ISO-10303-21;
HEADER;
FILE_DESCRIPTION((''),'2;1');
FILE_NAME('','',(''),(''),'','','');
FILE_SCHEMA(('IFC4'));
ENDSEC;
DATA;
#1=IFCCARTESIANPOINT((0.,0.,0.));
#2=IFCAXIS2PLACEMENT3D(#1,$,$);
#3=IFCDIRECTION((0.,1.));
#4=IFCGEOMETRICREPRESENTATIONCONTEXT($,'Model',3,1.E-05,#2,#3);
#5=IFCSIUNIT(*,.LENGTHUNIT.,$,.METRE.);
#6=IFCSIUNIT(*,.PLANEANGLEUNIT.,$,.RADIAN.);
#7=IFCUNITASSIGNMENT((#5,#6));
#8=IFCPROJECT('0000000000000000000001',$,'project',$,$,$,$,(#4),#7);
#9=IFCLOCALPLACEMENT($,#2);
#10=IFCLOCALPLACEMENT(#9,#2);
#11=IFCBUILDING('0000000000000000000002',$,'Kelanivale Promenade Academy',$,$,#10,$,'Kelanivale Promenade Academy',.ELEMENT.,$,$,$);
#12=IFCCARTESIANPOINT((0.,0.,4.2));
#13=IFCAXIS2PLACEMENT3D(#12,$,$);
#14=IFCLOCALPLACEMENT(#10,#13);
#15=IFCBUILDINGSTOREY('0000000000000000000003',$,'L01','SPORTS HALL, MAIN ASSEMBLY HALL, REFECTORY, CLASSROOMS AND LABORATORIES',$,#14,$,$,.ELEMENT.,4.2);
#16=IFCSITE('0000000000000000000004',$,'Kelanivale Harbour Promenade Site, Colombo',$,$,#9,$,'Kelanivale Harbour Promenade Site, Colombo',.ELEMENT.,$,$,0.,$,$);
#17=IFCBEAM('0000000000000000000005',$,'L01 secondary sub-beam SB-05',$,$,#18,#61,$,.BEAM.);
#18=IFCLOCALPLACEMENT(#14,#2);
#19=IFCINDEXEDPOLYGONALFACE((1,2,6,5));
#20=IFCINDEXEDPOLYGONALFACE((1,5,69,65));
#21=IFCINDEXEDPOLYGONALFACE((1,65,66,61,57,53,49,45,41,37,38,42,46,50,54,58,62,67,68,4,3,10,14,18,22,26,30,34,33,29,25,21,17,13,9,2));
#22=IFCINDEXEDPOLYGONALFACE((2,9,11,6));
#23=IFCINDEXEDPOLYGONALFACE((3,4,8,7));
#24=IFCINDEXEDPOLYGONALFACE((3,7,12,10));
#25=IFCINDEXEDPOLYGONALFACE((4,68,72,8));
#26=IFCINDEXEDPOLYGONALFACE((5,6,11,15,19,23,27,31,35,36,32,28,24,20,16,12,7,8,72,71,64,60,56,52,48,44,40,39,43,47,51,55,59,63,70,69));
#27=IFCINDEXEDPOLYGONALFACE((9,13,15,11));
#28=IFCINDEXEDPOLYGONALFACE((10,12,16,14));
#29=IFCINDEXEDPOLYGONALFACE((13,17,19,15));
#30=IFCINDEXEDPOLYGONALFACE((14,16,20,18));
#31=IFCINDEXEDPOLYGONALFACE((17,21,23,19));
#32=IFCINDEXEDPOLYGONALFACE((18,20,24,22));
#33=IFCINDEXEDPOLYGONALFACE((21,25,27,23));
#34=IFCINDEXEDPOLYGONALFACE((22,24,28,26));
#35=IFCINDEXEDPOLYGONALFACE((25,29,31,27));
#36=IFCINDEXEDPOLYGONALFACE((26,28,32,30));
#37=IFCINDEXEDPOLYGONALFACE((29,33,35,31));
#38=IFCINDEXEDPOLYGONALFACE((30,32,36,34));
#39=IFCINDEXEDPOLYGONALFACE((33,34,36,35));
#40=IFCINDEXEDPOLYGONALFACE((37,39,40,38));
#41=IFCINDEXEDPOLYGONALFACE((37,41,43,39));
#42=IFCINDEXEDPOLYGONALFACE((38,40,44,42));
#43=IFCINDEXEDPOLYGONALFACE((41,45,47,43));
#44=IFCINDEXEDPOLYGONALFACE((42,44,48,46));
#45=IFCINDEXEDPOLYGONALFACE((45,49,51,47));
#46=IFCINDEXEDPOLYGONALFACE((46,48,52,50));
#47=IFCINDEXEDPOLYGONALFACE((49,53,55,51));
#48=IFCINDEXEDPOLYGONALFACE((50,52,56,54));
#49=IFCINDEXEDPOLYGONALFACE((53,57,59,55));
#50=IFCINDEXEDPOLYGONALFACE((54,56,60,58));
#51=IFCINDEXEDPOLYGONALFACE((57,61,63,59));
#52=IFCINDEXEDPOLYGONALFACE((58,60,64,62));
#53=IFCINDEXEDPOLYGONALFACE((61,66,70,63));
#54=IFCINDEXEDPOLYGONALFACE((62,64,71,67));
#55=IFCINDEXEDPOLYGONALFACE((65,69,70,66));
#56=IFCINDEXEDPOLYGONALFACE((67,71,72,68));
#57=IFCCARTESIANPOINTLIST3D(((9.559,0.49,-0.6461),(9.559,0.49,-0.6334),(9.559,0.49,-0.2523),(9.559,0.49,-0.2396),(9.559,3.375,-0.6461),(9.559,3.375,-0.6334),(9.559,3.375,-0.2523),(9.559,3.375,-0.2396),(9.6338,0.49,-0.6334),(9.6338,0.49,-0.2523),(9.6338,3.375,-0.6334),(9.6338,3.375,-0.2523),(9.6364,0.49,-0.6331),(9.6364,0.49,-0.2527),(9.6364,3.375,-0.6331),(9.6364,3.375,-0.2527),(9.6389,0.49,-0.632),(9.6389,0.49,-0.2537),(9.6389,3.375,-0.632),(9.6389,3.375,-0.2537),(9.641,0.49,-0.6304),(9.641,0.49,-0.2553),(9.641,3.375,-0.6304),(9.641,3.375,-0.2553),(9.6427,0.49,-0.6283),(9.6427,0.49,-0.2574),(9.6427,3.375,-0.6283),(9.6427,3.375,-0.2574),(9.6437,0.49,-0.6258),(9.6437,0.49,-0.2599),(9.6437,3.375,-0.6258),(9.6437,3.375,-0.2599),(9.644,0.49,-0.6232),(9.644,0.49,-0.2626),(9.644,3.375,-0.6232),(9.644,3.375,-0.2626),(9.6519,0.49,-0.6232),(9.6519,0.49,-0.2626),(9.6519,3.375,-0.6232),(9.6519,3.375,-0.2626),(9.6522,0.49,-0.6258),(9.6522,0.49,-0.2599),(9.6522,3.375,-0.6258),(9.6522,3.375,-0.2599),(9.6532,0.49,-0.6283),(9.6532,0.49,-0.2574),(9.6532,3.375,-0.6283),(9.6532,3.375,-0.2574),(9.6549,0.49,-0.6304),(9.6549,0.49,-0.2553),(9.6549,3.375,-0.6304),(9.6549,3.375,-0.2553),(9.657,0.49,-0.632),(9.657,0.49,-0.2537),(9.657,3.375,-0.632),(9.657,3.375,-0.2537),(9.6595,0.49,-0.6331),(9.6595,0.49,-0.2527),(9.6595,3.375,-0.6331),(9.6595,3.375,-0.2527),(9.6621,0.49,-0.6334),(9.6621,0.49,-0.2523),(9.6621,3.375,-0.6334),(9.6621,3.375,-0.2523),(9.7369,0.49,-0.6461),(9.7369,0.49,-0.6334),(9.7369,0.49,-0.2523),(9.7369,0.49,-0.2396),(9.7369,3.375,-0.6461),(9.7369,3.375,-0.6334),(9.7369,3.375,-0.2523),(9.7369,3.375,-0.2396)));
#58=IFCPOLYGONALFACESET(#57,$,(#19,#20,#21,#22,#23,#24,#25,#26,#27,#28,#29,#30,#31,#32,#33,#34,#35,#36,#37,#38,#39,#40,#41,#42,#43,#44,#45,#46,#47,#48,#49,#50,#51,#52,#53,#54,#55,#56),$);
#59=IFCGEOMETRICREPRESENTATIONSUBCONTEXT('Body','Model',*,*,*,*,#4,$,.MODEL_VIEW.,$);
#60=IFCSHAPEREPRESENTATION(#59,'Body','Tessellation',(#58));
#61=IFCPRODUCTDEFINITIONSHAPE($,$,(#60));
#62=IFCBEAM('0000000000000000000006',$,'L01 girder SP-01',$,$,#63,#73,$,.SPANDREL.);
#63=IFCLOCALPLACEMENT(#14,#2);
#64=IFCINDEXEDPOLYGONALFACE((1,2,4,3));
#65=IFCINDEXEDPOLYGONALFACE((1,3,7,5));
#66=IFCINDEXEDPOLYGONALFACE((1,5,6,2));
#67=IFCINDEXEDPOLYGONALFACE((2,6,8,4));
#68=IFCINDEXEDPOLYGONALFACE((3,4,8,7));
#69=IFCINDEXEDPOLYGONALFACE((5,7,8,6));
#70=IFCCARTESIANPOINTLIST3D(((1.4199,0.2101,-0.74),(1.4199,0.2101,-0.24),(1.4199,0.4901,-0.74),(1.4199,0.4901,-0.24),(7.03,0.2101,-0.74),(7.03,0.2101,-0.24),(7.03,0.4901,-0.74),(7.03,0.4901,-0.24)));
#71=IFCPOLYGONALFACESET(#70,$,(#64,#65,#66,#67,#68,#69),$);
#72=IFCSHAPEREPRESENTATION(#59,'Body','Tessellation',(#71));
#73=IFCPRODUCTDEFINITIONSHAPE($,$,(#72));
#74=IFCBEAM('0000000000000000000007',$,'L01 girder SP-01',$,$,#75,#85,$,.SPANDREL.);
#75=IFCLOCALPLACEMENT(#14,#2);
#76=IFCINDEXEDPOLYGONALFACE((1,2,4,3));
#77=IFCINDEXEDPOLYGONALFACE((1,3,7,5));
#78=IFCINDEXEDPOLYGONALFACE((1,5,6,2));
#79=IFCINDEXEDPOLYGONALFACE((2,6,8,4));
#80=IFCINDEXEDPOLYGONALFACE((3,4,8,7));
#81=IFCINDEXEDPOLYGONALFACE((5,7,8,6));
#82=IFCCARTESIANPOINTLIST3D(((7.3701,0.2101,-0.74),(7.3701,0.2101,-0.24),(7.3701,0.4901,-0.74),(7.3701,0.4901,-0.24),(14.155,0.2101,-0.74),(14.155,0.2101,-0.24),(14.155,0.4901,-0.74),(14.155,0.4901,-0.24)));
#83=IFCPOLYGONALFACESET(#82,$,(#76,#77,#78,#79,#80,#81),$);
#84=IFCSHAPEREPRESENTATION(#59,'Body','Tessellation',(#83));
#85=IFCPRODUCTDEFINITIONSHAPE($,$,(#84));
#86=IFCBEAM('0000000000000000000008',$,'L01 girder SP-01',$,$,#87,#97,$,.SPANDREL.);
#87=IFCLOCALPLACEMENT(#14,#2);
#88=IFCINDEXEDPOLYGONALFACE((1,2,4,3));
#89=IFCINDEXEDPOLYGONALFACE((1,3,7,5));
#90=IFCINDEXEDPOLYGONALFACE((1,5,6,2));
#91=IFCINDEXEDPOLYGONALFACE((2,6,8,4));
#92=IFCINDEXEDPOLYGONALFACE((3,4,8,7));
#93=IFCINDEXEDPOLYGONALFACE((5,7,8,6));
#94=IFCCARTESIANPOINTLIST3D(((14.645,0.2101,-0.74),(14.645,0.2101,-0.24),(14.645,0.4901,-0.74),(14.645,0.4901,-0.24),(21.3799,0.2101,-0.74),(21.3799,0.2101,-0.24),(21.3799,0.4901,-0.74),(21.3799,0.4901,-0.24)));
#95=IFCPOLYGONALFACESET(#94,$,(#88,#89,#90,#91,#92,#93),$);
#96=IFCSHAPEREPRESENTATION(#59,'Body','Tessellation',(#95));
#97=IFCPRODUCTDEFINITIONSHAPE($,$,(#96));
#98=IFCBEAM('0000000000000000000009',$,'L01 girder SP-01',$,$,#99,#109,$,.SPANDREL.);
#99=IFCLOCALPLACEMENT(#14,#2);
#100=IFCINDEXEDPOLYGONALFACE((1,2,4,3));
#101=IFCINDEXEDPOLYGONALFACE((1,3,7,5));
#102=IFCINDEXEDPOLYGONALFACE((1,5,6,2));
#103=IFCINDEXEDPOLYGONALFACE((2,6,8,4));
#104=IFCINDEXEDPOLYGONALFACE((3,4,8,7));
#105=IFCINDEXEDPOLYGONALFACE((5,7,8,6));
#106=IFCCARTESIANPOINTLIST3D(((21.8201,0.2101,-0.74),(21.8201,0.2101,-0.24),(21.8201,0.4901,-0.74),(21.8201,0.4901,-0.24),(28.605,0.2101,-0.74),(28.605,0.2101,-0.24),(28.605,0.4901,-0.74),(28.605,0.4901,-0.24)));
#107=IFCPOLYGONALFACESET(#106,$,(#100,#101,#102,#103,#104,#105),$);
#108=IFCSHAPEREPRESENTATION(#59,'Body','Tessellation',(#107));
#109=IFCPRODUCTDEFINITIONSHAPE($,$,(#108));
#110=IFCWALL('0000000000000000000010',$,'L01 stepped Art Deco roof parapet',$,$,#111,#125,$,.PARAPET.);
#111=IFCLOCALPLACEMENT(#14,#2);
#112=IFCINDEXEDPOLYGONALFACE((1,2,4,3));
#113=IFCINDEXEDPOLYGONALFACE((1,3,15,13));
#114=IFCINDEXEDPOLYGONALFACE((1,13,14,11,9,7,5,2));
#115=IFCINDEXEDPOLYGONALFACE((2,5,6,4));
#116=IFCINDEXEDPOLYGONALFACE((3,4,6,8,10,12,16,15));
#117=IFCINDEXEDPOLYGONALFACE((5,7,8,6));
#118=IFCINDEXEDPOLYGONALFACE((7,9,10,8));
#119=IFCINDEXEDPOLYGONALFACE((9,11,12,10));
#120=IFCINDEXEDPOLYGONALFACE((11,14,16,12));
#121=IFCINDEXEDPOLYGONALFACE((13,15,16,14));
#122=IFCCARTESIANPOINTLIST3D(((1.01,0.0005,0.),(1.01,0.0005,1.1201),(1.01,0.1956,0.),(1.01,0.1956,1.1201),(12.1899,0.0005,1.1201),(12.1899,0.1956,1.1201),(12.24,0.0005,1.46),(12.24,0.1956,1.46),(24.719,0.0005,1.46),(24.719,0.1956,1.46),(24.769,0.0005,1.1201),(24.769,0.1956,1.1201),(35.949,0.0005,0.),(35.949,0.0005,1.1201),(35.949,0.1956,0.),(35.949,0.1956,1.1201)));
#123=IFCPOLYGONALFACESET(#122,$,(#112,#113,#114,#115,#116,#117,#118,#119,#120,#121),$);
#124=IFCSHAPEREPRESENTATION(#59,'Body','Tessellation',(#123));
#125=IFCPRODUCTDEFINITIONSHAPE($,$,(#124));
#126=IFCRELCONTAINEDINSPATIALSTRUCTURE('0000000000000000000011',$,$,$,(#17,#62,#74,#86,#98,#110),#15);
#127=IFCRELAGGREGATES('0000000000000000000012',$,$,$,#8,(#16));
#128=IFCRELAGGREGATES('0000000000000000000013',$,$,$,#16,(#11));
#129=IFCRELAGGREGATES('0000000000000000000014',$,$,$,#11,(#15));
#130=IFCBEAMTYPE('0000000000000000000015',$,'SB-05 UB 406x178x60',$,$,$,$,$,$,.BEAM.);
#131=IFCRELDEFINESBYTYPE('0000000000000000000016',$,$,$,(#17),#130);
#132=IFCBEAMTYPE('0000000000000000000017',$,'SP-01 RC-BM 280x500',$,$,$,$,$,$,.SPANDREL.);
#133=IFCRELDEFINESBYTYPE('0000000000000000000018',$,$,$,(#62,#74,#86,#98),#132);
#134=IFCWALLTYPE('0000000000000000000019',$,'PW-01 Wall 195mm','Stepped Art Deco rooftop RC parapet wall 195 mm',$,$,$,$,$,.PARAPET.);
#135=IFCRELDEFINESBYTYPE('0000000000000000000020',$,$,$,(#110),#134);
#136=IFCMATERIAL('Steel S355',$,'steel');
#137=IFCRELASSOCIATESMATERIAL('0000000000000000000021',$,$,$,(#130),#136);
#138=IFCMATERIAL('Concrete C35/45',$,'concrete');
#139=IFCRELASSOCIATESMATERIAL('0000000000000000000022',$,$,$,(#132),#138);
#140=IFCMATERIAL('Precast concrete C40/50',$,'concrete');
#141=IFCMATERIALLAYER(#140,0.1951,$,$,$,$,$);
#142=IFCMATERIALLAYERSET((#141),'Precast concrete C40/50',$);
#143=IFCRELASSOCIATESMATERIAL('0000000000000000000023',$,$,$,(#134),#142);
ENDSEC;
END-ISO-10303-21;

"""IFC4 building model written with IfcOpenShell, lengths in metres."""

from ifc_helpers import new_model, si_unit, direction, frame, origin, origin_2d, place, context, subcontext, project, spatial, polyline, rectangle, i_section, outline, extrude, material, layer, layer_set, material_profile, profile_set, type_object, element, save


model = new_model("IFC4")

# Units and contexts
model_context = context("Model", 3, precision=1e-05, world=origin(), true_north=direction((0.0, 1.0)))
body_context = subcontext(model_context, "Body", "Model", "MODEL_VIEW")
ifc_project = project(units=[si_unit("LENGTHUNIT", "METRE"), si_unit("PLANEANGLEUNIT", "RADIAN")], contexts=[model_context])

# Site, building, storey
site_placement = place(None, origin())
site = spatial("IfcSite", under=ifc_project, at=site_placement, Name="Kelanivale Harbour Promenade Site, Colombo", LongName="Kelanivale Harbour Promenade Site, Colombo", CompositionType="ELEMENT", RefElevation=0.0)
building_placement = place(site_placement, origin())
building = spatial("IfcBuilding", under=site, at=building_placement, Name="Kelanivale Promenade Academy", LongName="Kelanivale Promenade Academy", CompositionType="ELEMENT")
storey_placement = place(building_placement, frame((0.0, 0.0, 4.2)))
storey = spatial("IfcBuildingStorey", under=building, at=storey_placement, Name="L01", Description="SPORTS HALL, MAIN ASSEMBLY HALL, REFECTORY, CLASSROOMS AND LABORATORIES", CompositionType="ELEMENT", Elevation=4.2)

# Beams
ifc_material_1 = material(Name="Concrete C35/45", Category="concrete")
ifc_material_2 = material(Name="Steel S355", Category="steel")
ifc_material_profile_1 = material_profile(ifc_material_2, i_section(OverallWidth=0.178, OverallDepth=0.4065, WebThickness=0.0078, FlangeThickness=0.0127, FilletRadius=0.0103, at=origin_2d()), Name="UB 406x178x60")
ifc_profile_set_1 = profile_set([ifc_material_profile_1], Name="Steel S355")
beam_type_1 = type_object("IfcBeamType", Name="SB-05 UB 406x178x60", PredefinedType="BEAM", material=ifc_profile_set_1)
beam_1_placement = place(storey_placement, frame((9.6479, 0.49, -0.4429), z_axis=(0.0, 1.0, 0.0), x_axis=(-1.0, 0.0, 0.0)))
element("IfcBeam", 1, at=beam_1_placement, inside=storey, type_object=beam_type_1, Name="L01 secondary sub-beam SB-05", PredefinedType="BEAM", context=body_context, shape_type="SweptSolid", body=[
    extrude(i_section(OverallWidth=0.178, OverallDepth=0.4065, WebThickness=0.0078, FlangeThickness=0.0127, FilletRadius=0.0103, at=origin_2d()), origin(), (0.0, 0.0, 1.0), 2.885),
])
ifc_material_profile_2 = material_profile(ifc_material_1, rectangle(XDim=0.28, YDim=0.5, at=origin_2d()), Name="RC-BM 280x500")
ifc_profile_set_2 = profile_set([ifc_material_profile_2], Name="Concrete C35/45")
beam_type_2 = type_object("IfcBeamType", Name="SP-01 RC-BM 280x500", PredefinedType="SPANDREL", material=ifc_profile_set_2)
beam_2_placement = place(storey_placement, frame((1.4199, 0.3501, -0.49), z_axis=(1.0, 0.0, 0.0), x_axis=(0.0, 1.0, 0.0)))
element("IfcBeam", 2, at=beam_2_placement, inside=storey, type_object=beam_type_2, Name="L01 girder SP-01", PredefinedType="SPANDREL", context=body_context, shape_type="SweptSolid", body=[
    extrude(rectangle(XDim=0.28, YDim=0.5, at=origin_2d()), origin(), (0.0, 0.0, 1.0), 5.6101),
])
beam_3_placement = place(storey_placement, frame((7.3701, 0.3501, -0.49), z_axis=(1.0, 0.0, 0.0), x_axis=(0.0, 1.0, 0.0)))
element("IfcBeam", 3, at=beam_3_placement, inside=storey, type_object=beam_type_2, Name="L01 girder SP-01", PredefinedType="SPANDREL", context=body_context, shape_type="SweptSolid", body=[
    extrude(rectangle(XDim=0.28, YDim=0.5, at=origin_2d()), origin(), (0.0, 0.0, 1.0), 6.7849),
])
beam_4_placement = place(storey_placement, frame((14.645, 0.3501, -0.49), z_axis=(1.0, 0.0, 0.0), x_axis=(0.0, 1.0, 0.0)))
element("IfcBeam", 4, at=beam_4_placement, inside=storey, type_object=beam_type_2, Name="L01 girder SP-01", PredefinedType="SPANDREL", context=body_context, shape_type="SweptSolid", body=[
    extrude(rectangle(XDim=0.28, YDim=0.5, at=origin_2d()), origin(), (0.0, 0.0, 1.0), 6.7349),
])
beam_5_placement = place(storey_placement, frame((21.8201, 0.3501, -0.49), z_axis=(1.0, 0.0, 0.0), x_axis=(0.0, 1.0, 0.0)))
element("IfcBeam", 5, at=beam_5_placement, inside=storey, type_object=beam_type_2, Name="L01 girder SP-01", PredefinedType="SPANDREL", context=body_context, shape_type="SweptSolid", body=[
    extrude(rectangle(XDim=0.28, YDim=0.5, at=origin_2d()), origin(), (0.0, 0.0, 1.0), 6.7849),
])

# Wall
ifc_material_3 = material(Name="Precast concrete C40/50", Category="concrete")
ifc_layer_1 = layer(ifc_material_3, 0.1951)
ifc_layer_set_1 = layer_set([ifc_layer_1], Name="Precast concrete C40/50")
wall_type = type_object("IfcWallType", Name="PW-01 Wall 195mm", Description="Stepped Art Deco rooftop RC parapet wall 195 mm", PredefinedType="PARAPET", material=ifc_layer_set_1)
wall_placement = place(storey_placement, frame((1.01, 0.0979, 0.0), z_axis=(0.0, 0.0, 1.0), x_axis=(1.0, 0.0, 0.0)))
element("IfcWall", 6, at=wall_placement, inside=storey, type_object=wall_type, Name="L01 stepped Art Deco roof parapet", PredefinedType="PARAPET", context=body_context, shape_type="SweptSolid", body=[
    extrude(outline(polyline([(0.0, 0.0), (34.939, 0.0), (34.939, 1.1201), (23.759, 1.1201), (23.709, 1.46), (11.23, 1.46), (11.1799, 1.1201), (0.0, 1.1201), (0.0, 0.0)])), frame((0.0, 0.0977, 0.0), z_axis=(0.0, -1.0, 0.0), x_axis=(1.0, 0.0, 0.0)), (0.0, 0.0, 1.0), 0.1951),
])

save(model, "model.ifc")
